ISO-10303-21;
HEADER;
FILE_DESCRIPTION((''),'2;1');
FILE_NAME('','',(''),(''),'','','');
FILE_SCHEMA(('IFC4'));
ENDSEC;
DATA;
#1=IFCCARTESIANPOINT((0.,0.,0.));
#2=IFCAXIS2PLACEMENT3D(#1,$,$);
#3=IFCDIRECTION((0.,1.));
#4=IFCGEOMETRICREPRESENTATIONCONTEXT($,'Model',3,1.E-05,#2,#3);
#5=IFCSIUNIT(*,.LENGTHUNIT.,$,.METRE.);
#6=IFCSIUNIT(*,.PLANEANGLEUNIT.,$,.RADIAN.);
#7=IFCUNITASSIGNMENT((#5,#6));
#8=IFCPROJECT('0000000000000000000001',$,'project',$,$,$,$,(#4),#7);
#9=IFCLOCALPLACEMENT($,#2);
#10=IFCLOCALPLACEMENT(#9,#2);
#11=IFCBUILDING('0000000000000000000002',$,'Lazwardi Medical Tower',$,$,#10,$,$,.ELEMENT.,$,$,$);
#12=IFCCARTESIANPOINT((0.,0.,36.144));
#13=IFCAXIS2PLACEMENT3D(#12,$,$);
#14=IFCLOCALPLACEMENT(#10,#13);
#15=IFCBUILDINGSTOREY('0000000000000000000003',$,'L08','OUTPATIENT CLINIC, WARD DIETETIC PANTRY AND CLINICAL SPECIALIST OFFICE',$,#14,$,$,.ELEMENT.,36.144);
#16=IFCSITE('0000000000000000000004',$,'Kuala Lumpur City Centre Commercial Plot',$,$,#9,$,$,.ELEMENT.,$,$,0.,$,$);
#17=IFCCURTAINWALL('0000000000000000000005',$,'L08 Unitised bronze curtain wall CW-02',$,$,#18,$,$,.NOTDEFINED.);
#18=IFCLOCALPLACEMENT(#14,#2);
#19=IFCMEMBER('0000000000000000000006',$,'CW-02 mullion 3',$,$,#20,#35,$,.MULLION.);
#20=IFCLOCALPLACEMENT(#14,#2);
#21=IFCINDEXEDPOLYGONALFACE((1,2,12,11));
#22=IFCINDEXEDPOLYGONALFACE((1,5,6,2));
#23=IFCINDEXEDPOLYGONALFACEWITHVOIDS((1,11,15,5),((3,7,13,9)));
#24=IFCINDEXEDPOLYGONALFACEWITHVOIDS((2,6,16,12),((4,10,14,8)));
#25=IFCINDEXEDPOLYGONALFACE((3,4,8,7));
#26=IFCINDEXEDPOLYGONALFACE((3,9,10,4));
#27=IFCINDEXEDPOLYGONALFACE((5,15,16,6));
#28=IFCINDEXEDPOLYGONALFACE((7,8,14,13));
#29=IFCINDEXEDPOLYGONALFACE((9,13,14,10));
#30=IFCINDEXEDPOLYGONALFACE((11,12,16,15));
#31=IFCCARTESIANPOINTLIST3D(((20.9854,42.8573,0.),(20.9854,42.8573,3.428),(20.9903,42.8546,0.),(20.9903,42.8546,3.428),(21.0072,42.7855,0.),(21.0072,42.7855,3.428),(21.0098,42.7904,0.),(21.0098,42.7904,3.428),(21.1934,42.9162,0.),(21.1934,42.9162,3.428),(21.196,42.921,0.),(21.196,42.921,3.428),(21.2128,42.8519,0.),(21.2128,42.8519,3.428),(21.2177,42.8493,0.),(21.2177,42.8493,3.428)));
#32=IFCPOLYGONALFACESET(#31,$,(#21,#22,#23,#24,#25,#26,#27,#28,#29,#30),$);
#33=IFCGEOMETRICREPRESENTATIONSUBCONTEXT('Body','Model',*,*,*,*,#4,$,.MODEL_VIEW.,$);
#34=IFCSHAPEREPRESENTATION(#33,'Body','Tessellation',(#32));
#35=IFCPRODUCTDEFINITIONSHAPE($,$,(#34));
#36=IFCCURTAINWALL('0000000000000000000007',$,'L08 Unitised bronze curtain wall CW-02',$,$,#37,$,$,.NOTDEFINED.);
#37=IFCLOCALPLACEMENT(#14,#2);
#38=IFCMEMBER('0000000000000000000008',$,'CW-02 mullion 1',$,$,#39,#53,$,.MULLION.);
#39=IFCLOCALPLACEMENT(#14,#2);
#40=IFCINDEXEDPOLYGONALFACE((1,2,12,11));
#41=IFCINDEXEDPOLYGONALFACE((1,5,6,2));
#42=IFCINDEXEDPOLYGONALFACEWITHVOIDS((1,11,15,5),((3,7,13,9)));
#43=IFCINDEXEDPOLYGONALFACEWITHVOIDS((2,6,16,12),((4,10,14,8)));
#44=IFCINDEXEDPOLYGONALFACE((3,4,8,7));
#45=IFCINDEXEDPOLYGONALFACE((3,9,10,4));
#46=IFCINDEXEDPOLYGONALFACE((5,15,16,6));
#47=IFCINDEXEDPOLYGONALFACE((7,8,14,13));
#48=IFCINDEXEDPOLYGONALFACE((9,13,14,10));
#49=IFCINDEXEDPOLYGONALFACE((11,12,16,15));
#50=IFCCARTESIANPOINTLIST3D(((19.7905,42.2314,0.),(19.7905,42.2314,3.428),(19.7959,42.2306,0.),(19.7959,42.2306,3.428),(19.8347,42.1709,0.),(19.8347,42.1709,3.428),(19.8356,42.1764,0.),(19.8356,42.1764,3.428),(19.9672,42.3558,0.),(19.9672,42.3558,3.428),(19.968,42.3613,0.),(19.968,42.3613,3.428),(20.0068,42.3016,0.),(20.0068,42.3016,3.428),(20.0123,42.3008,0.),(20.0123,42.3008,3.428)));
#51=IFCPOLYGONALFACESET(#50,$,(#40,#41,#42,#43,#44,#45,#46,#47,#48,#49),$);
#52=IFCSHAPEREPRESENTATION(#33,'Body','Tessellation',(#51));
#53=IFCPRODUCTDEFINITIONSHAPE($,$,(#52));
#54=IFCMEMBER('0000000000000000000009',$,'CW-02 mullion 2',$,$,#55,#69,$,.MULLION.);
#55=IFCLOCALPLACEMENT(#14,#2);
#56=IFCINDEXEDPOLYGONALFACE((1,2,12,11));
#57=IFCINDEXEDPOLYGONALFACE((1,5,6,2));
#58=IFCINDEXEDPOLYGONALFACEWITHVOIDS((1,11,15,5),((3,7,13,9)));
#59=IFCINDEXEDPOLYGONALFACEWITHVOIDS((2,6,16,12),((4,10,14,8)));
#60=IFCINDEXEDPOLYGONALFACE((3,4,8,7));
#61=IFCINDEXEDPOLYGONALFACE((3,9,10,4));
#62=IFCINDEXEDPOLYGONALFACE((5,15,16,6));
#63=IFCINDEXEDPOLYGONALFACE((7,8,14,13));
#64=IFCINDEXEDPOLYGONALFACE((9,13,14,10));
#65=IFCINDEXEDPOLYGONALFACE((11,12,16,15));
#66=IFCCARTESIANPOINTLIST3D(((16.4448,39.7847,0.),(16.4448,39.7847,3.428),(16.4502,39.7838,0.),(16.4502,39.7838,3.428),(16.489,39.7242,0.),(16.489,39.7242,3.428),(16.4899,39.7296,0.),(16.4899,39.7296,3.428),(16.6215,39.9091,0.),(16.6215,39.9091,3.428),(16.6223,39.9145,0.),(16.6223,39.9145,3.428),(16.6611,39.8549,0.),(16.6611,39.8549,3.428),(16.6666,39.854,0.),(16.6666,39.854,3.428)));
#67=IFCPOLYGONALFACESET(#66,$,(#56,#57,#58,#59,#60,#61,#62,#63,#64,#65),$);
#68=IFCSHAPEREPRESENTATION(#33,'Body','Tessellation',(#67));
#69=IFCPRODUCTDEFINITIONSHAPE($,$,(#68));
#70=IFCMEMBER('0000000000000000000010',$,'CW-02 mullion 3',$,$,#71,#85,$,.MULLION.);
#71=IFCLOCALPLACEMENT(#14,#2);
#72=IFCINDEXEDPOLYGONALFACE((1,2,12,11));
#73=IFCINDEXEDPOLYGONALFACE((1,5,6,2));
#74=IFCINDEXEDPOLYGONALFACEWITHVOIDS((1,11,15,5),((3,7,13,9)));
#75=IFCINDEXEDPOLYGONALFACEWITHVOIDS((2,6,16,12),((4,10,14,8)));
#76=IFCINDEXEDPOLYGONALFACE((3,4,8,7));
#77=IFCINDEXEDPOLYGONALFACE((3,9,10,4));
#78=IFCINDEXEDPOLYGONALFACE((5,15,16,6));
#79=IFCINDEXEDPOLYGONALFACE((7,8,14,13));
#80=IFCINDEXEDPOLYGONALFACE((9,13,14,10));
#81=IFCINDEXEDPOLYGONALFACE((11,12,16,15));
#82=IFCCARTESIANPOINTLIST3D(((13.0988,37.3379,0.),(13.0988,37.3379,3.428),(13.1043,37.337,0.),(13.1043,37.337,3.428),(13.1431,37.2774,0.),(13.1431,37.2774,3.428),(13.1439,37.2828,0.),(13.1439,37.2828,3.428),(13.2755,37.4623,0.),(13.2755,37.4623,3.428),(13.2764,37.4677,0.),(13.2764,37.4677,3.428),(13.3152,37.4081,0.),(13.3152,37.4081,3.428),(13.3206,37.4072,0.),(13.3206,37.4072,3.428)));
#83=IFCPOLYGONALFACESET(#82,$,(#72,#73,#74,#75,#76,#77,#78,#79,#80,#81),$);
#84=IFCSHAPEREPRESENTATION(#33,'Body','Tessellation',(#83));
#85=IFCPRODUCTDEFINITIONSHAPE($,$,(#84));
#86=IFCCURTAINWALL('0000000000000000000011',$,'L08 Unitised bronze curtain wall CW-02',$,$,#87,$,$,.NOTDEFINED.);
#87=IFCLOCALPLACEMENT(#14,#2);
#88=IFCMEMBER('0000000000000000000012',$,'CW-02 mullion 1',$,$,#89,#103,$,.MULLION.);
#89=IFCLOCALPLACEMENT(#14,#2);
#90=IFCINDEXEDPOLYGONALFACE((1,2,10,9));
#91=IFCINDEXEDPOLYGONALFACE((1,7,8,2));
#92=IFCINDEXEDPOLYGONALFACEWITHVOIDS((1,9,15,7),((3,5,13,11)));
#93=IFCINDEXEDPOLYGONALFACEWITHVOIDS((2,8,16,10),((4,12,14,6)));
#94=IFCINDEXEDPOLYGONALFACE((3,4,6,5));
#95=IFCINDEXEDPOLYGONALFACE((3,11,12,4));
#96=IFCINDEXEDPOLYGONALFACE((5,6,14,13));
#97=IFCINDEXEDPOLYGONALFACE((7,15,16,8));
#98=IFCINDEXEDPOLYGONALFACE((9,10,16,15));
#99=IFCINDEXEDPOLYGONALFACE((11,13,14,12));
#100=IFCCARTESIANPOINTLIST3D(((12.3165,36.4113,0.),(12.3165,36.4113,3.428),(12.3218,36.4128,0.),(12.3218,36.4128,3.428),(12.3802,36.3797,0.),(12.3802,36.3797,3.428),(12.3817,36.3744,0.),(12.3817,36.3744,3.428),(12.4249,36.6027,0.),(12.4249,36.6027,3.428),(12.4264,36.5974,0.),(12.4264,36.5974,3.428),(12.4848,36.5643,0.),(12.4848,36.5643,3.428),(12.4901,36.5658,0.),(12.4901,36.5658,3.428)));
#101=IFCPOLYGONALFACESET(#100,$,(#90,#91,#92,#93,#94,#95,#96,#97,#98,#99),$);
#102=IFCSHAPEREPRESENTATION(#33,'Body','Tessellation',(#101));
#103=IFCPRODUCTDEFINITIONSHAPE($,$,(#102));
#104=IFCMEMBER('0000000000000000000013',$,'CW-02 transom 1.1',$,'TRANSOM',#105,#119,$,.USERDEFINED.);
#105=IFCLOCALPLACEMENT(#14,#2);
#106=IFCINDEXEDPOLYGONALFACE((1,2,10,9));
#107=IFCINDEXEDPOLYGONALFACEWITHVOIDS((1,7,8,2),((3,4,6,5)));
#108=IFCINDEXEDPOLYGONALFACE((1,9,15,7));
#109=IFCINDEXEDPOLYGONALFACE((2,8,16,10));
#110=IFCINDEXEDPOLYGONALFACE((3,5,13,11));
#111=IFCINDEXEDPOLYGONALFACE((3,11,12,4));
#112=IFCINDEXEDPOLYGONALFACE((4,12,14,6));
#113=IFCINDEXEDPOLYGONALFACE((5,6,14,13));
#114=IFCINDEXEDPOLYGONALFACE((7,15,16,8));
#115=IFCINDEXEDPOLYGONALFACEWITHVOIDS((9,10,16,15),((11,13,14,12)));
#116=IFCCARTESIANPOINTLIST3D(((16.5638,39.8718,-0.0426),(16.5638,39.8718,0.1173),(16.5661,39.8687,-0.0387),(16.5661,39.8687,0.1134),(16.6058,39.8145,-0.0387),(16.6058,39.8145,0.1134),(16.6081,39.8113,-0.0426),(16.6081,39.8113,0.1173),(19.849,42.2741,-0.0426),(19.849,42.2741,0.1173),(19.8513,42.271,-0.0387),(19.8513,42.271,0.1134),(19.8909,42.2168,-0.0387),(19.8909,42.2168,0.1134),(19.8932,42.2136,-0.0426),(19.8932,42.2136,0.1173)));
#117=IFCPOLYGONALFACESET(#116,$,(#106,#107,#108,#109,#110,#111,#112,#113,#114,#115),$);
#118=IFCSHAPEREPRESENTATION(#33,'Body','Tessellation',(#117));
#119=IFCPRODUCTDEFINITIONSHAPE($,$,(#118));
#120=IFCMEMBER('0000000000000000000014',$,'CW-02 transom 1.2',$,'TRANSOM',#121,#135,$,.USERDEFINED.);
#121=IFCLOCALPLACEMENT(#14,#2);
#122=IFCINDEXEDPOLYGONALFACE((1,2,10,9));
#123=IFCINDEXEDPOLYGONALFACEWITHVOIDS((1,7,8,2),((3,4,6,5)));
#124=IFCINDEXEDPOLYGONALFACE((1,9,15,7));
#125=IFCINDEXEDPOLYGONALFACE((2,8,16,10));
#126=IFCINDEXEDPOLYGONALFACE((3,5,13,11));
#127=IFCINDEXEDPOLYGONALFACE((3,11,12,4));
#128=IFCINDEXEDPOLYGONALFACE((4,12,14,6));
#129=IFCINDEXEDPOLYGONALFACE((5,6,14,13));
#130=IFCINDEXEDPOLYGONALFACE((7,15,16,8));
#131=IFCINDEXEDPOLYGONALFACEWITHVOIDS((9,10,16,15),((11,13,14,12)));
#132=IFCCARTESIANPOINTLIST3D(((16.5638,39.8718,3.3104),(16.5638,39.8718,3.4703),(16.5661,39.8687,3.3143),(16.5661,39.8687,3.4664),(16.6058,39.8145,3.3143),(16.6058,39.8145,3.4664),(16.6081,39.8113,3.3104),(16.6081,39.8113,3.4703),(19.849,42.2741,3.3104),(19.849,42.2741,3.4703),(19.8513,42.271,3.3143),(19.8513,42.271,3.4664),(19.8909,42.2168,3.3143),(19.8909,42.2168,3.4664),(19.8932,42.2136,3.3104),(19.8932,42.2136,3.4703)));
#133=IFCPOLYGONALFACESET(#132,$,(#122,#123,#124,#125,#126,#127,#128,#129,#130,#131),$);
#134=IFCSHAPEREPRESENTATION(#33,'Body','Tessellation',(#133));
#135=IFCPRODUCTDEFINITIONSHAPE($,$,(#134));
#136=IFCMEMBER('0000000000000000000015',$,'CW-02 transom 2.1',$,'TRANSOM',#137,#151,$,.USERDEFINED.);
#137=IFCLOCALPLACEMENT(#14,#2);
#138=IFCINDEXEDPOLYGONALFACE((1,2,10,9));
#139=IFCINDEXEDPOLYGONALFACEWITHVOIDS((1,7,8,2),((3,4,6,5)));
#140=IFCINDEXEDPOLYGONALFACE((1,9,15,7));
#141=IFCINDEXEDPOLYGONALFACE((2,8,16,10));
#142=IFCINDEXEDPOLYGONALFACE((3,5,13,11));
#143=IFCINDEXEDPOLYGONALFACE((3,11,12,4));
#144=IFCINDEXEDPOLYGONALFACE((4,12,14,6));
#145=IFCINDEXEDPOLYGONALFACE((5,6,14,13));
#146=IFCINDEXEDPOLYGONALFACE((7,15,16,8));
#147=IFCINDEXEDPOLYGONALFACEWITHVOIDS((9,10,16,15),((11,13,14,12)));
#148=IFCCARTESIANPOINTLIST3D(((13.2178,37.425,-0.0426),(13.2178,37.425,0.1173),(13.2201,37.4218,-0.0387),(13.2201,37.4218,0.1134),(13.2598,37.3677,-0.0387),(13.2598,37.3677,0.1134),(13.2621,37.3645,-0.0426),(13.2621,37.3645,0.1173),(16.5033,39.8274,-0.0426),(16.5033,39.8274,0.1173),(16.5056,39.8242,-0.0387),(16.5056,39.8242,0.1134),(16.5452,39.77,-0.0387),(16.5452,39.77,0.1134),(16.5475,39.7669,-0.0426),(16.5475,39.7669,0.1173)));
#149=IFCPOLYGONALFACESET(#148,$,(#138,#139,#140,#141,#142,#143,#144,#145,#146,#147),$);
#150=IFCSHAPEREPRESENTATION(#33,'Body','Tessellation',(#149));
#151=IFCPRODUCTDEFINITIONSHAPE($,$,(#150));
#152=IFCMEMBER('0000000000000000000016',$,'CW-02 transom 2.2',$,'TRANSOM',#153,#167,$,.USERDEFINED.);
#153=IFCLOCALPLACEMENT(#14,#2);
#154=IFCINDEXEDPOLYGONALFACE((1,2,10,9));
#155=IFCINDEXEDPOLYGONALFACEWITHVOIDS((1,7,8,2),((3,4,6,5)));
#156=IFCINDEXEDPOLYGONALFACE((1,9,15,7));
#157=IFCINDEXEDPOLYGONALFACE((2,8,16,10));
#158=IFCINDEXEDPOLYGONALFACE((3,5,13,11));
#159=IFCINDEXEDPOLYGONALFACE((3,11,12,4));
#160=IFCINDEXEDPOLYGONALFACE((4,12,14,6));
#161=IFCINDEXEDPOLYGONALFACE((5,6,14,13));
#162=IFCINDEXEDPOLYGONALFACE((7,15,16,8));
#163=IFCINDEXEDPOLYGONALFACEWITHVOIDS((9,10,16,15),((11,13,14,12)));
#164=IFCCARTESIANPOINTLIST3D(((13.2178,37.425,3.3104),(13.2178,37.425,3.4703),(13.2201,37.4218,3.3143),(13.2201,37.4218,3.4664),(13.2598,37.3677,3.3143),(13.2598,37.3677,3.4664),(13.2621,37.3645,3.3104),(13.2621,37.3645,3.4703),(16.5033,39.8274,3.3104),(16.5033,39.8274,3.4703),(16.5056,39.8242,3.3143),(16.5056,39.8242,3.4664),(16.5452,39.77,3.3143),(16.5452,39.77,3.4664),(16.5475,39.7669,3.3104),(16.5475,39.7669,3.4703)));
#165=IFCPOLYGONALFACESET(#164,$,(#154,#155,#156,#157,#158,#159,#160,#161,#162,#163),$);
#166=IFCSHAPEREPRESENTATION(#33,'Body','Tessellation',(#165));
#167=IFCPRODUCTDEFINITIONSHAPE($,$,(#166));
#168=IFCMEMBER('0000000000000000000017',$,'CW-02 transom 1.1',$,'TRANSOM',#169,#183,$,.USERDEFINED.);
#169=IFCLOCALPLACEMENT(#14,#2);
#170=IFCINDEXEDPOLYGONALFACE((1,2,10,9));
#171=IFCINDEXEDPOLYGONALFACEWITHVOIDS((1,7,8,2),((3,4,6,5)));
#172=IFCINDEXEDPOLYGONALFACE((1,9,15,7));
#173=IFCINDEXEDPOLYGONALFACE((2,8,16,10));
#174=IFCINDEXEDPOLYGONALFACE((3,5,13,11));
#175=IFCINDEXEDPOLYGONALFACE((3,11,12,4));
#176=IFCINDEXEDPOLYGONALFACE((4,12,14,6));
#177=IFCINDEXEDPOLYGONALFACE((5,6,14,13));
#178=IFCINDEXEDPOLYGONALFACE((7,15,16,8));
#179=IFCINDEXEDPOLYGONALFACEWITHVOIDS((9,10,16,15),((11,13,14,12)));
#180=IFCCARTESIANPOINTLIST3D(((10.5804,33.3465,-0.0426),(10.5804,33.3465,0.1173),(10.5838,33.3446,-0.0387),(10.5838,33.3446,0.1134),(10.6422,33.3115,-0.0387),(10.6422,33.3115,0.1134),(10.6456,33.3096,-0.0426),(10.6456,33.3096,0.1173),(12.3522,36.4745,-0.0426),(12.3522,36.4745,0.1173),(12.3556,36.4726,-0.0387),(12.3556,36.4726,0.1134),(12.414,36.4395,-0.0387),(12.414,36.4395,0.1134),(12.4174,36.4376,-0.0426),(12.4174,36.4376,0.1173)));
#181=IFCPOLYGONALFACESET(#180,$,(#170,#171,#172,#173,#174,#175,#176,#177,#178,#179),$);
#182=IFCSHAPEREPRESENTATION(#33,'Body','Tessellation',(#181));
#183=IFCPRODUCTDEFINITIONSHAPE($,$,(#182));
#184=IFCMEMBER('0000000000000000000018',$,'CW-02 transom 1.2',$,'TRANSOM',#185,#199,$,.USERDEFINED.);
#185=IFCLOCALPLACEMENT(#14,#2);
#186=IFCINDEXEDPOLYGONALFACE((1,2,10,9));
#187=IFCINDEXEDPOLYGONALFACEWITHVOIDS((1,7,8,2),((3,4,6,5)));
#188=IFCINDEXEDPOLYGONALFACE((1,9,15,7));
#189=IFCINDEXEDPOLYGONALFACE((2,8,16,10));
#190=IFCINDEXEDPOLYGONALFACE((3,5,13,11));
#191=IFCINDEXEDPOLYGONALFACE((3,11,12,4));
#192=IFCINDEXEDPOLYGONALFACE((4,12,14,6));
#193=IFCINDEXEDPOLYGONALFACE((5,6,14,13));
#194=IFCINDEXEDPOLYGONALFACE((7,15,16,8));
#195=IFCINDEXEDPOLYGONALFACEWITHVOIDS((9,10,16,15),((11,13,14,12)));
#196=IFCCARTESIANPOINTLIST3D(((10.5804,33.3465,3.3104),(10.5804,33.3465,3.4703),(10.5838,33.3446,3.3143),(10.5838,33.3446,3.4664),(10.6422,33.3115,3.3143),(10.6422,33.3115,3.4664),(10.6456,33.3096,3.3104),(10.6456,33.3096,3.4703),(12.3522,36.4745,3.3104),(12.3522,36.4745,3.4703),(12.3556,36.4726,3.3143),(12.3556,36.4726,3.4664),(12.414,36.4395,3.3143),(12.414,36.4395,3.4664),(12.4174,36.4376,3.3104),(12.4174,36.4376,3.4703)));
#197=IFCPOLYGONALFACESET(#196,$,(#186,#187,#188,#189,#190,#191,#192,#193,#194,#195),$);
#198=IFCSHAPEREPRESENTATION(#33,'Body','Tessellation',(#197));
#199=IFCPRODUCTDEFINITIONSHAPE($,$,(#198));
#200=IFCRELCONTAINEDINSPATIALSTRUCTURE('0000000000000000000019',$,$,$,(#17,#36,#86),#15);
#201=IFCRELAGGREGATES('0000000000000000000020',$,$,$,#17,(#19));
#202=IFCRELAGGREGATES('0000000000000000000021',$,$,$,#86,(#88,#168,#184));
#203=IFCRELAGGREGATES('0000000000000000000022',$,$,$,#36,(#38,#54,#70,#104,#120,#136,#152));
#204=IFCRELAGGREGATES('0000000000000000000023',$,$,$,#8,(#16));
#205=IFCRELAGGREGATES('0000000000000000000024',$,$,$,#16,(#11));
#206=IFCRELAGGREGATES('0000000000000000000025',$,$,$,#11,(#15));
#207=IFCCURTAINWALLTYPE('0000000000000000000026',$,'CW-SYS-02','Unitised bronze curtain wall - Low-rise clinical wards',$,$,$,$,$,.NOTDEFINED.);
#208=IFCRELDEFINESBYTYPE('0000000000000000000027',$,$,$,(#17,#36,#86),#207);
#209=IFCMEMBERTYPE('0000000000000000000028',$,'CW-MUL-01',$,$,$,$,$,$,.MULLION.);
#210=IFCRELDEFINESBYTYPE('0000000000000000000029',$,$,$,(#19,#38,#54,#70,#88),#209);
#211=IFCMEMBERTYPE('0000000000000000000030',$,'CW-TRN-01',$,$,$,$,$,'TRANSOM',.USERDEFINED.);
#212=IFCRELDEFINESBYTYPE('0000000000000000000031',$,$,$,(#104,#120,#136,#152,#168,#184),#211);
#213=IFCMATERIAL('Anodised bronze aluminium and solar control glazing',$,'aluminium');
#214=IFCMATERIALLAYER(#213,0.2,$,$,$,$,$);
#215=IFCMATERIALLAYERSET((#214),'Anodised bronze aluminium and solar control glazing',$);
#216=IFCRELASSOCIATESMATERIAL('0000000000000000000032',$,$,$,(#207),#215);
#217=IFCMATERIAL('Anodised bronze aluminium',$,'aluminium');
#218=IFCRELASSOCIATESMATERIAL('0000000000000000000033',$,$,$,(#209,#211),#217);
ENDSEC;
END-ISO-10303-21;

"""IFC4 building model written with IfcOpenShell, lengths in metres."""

from ifc_helpers import new_model, si_unit, direction, frame, origin, origin_2d, place, context, subcontext, project, spatial, hollow_rectangle, extrude, material, layer, layer_set, material_profile, profile_set, type_object, element, aggregate, save


model = new_model("IFC4")

# Units and contexts
model_context = context("Model", 3, precision=1e-05, world=origin(), true_north=direction((0.0, 1.0)))
body_context = subcontext(model_context, "Body", "Model", "MODEL_VIEW")
ifc_project = project(units=[si_unit("LENGTHUNIT", "METRE"), si_unit("PLANEANGLEUNIT", "RADIAN")], contexts=[model_context])

# Site, building, storey
site_placement = place(None, origin())
site = spatial("IfcSite", under=ifc_project, at=site_placement, Name="Kuala Lumpur City Centre Commercial Plot", CompositionType="ELEMENT", RefElevation=0.0)
building_placement = place(site_placement, origin())
building = spatial("IfcBuilding", under=site, at=building_placement, Name="Lazwardi Medical Tower", CompositionType="ELEMENT")
storey_placement = place(building_placement, frame((0.0, 0.0, 36.144)))
storey = spatial("IfcBuildingStorey", under=building, at=storey_placement, Name="L08", Description="OUTPATIENT CLINIC, WARD DIETETIC PANTRY AND CLINICAL SPECIALIST OFFICE", CompositionType="ELEMENT", Elevation=36.144)

# Curtain wall, member
ifc_material_1 = material(Name="Anodised bronze aluminium and solar control glazing", Category="aluminium")
ifc_layer_1 = layer(ifc_material_1, 0.2)
ifc_layer_set_1 = layer_set([ifc_layer_1], Name="Anodised bronze aluminium and solar control glazing")
curtain_wall_type = type_object("IfcCurtainWallType", Name="CW-SYS-02", Description="Unitised bronze curtain wall - Low-rise clinical wards", PredefinedType="NOTDEFINED", material=ifc_layer_set_1)
curtain_wall_1_placement = place(storey_placement, origin())
curtain_wall_1 = element("IfcCurtainWall", 1, at=curtain_wall_1_placement, inside=storey, type_object=curtain_wall_type, Name="L08 Unitised bronze curtain wall CW-02", PredefinedType="NOTDEFINED")
ifc_material_2 = material(Name="Anodised bronze aluminium", Category="aluminium")
ifc_material_profile_1 = material_profile(ifc_material_2, hollow_rectangle(XDim=0.075, YDim=0.22, WallThickness=0.0039, at=origin_2d()), Name="ALU-MULLION 220x75x4")
ifc_profile_set_1 = profile_set([ifc_material_profile_1], Name="Anodised bronze aluminium")
member_type_1 = type_object("IfcMemberType", Name="CW-MUL-01", PredefinedType="MULLION", material=ifc_profile_set_1)
member_1_placement = place(storey_placement, frame((21.1016, 42.8533, 0.0), z_axis=(0.0, 0.0, 1.0), x_axis=(0.289896, -0.957058, 0.0)))
member_1 = element("IfcMember", 2, at=member_1_placement, type_object=member_type_1, Name="CW-02 mullion 3", PredefinedType="MULLION", context=body_context, shape_type="SweptSolid", body=[
    extrude(hollow_rectangle(XDim=0.075, YDim=0.22, WallThickness=0.0039, at=origin_2d()), origin(), (0.0, 0.0, 1.0), 3.428),
])
aggregate(curtain_wall_1, [member_1])

# Curtain wall, members
curtain_wall_2_placement = place(storey_placement, origin())
curtain_wall_2 = element("IfcCurtainWall", 3, at=curtain_wall_2_placement, inside=storey, type_object=curtain_wall_type, Name="L08 Unitised bronze curtain wall CW-02", PredefinedType="NOTDEFINED")
member_2_placement = place(storey_placement, frame((19.9014, 42.2661, 0.0), z_axis=(0.0, 0.0, 1.0), x_axis=(0.590289, -0.807192, 0.0)))
member_2 = element("IfcMember", 4, at=member_2_placement, type_object=member_type_1, Name="CW-02 mullion 1", PredefinedType="MULLION", context=body_context, shape_type="SweptSolid", body=[
    extrude(hollow_rectangle(XDim=0.075, YDim=0.22, WallThickness=0.0039, at=origin_2d()), origin(), (0.0, 0.0, 1.0), 3.428),
])
member_3_placement = place(storey_placement, frame((16.5557, 39.8193, 0.0), z_axis=(0.0, 0.0, 1.0), x_axis=(0.590289, -0.807192, 0.0)))
member_3 = element("IfcMember", 5, at=member_3_placement, type_object=member_type_1, Name="CW-02 mullion 2", PredefinedType="MULLION", context=body_context, shape_type="SweptSolid", body=[
    extrude(hollow_rectangle(XDim=0.075, YDim=0.22, WallThickness=0.0039, at=origin_2d()), origin(), (0.0, 0.0, 1.0), 3.428),
])
member_4_placement = place(storey_placement, frame((13.2097, 37.3726, 0.0), z_axis=(0.0, 0.0, 1.0), x_axis=(0.590289, -0.807192, 0.0)))
member_4 = element("IfcMember", 6, at=member_4_placement, type_object=member_type_1, Name="CW-02 mullion 3", PredefinedType="MULLION", context=body_context, shape_type="SweptSolid", body=[
    extrude(hollow_rectangle(XDim=0.075, YDim=0.22, WallThickness=0.0039, at=origin_2d()), origin(), (0.0, 0.0, 1.0), 3.428),
])

# Curtain wall, member
curtain_wall_3_placement = place(storey_placement, origin())
curtain_wall_3 = element("IfcCurtainWall", 7, at=curtain_wall_3_placement, inside=storey, type_object=curtain_wall_type, Name="L08 Unitised bronze curtain wall CW-02", PredefinedType="NOTDEFINED")
member_5_placement = place(storey_placement, frame((12.4033, 36.4885, 0.0), z_axis=(0.0, 0.0, 1.0), x_axis=(0.870112, -0.492854, 0.0)))
member_5 = element("IfcMember", 8, at=member_5_placement, type_object=member_type_1, Name="CW-02 mullion 1", PredefinedType="MULLION", context=body_context, shape_type="SweptSolid", body=[
    extrude(hollow_rectangle(XDim=0.075, YDim=0.22, WallThickness=0.0039, at=origin_2d()), origin(), (0.0, 0.0, 1.0), 3.428),
])

# Members
ifc_material_profile_2 = material_profile(ifc_material_2, hollow_rectangle(XDim=0.075, YDim=0.1599, WallThickness=0.0039, at=origin_2d()), Name="ALU-TRANSOM 160x75x4")
ifc_profile_set_2 = profile_set([ifc_material_profile_2], Name="Anodised bronze aluminium")
member_type_2 = type_object("IfcMemberType", Name="CW-TRN-01", ElementType="TRANSOM", PredefinedType="USERDEFINED", material=ifc_profile_set_2)
member_6_placement = place(storey_placement, frame((19.8711, 42.2439, 0.0374), z_axis=(-0.807198, -0.590281, 0.0), x_axis=(0.590281, -0.807198, 0.0)))
member_6 = element("IfcMember", 9, at=member_6_placement, type_object=member_type_2, Name="CW-02 transom 1.1", ObjectType="TRANSOM", PredefinedType="USERDEFINED", context=body_context, shape_type="SweptSolid", body=[
    extrude(hollow_rectangle(XDim=0.075, YDim=0.1599, WallThickness=0.0039, at=origin_2d()), origin(), (0.0, 0.0, 1.0), 4.0698),
])
member_7_placement = place(storey_placement, frame((19.8711, 42.2439, 3.3904), z_axis=(-0.807198, -0.590281, 0.0), x_axis=(0.590281, -0.807198, 0.0)))
member_7 = element("IfcMember", 10, at=member_7_placement, type_object=member_type_2, Name="CW-02 transom 1.2", ObjectType="TRANSOM", PredefinedType="USERDEFINED", context=body_context, shape_type="SweptSolid", body=[
    extrude(hollow_rectangle(XDim=0.075, YDim=0.1599, WallThickness=0.0039, at=origin_2d()), origin(), (0.0, 0.0, 1.0), 4.0698),
])
member_8_placement = place(storey_placement, frame((16.5254, 39.7971, 0.0374), z_axis=(-0.807219, -0.590253, 0.0), x_axis=(0.590253, -0.807219, 0.0)))
member_8 = element("IfcMember", 11, at=member_8_placement, type_object=member_type_2, Name="CW-02 transom 2.1", ObjectType="TRANSOM", PredefinedType="USERDEFINED", context=body_context, shape_type="SweptSolid", body=[
    extrude(hollow_rectangle(XDim=0.075, YDim=0.1599, WallThickness=0.0039, at=origin_2d()), origin(), (0.0, 0.0, 1.0), 4.0701),
])
member_9_placement = place(storey_placement, frame((16.5254, 39.7971, 3.3904), z_axis=(-0.807219, -0.590253, 0.0), x_axis=(0.590253, -0.807219, 0.0)))
member_9 = element("IfcMember", 12, at=member_9_placement, type_object=member_type_2, Name="CW-02 transom 2.2", ObjectType="TRANSOM", PredefinedType="USERDEFINED", context=body_context, shape_type="SweptSolid", body=[
    extrude(hollow_rectangle(XDim=0.075, YDim=0.1599, WallThickness=0.0039, at=origin_2d()), origin(), (0.0, 0.0, 1.0), 4.0701),
])
member_10_placement = place(storey_placement, frame((12.3848, 36.4561, 0.0374), z_axis=(-0.492851, -0.870113, 0.0), x_axis=(0.870113, -0.492851, 0.0)))
member_10 = element("IfcMember", 13, at=member_10_placement, type_object=member_type_2, Name="CW-02 transom 1.1", ObjectType="TRANSOM", PredefinedType="USERDEFINED", context=body_context, shape_type="SweptSolid", body=[
    extrude(hollow_rectangle(XDim=0.075, YDim=0.1599, WallThickness=0.0039, at=origin_2d()), origin(), (0.0, 0.0, 1.0), 3.595),
])
member_11_placement = place(storey_placement, frame((12.3848, 36.4561, 3.3904), z_axis=(-0.492851, -0.870113, 0.0), x_axis=(0.870113, -0.492851, 0.0)))
member_11 = element("IfcMember", 14, at=member_11_placement, type_object=member_type_2, Name="CW-02 transom 1.2", ObjectType="TRANSOM", PredefinedType="USERDEFINED", context=body_context, shape_type="SweptSolid", body=[
    extrude(hollow_rectangle(XDim=0.075, YDim=0.1599, WallThickness=0.0039, at=origin_2d()), origin(), (0.0, 0.0, 1.0), 3.595),
])
aggregate(curtain_wall_3, [member_5, member_10, member_11])

aggregate(curtain_wall_2, [member_2, member_3, member_4, member_6, member_7, member_8, member_9])

save(model, "model.ifc")
